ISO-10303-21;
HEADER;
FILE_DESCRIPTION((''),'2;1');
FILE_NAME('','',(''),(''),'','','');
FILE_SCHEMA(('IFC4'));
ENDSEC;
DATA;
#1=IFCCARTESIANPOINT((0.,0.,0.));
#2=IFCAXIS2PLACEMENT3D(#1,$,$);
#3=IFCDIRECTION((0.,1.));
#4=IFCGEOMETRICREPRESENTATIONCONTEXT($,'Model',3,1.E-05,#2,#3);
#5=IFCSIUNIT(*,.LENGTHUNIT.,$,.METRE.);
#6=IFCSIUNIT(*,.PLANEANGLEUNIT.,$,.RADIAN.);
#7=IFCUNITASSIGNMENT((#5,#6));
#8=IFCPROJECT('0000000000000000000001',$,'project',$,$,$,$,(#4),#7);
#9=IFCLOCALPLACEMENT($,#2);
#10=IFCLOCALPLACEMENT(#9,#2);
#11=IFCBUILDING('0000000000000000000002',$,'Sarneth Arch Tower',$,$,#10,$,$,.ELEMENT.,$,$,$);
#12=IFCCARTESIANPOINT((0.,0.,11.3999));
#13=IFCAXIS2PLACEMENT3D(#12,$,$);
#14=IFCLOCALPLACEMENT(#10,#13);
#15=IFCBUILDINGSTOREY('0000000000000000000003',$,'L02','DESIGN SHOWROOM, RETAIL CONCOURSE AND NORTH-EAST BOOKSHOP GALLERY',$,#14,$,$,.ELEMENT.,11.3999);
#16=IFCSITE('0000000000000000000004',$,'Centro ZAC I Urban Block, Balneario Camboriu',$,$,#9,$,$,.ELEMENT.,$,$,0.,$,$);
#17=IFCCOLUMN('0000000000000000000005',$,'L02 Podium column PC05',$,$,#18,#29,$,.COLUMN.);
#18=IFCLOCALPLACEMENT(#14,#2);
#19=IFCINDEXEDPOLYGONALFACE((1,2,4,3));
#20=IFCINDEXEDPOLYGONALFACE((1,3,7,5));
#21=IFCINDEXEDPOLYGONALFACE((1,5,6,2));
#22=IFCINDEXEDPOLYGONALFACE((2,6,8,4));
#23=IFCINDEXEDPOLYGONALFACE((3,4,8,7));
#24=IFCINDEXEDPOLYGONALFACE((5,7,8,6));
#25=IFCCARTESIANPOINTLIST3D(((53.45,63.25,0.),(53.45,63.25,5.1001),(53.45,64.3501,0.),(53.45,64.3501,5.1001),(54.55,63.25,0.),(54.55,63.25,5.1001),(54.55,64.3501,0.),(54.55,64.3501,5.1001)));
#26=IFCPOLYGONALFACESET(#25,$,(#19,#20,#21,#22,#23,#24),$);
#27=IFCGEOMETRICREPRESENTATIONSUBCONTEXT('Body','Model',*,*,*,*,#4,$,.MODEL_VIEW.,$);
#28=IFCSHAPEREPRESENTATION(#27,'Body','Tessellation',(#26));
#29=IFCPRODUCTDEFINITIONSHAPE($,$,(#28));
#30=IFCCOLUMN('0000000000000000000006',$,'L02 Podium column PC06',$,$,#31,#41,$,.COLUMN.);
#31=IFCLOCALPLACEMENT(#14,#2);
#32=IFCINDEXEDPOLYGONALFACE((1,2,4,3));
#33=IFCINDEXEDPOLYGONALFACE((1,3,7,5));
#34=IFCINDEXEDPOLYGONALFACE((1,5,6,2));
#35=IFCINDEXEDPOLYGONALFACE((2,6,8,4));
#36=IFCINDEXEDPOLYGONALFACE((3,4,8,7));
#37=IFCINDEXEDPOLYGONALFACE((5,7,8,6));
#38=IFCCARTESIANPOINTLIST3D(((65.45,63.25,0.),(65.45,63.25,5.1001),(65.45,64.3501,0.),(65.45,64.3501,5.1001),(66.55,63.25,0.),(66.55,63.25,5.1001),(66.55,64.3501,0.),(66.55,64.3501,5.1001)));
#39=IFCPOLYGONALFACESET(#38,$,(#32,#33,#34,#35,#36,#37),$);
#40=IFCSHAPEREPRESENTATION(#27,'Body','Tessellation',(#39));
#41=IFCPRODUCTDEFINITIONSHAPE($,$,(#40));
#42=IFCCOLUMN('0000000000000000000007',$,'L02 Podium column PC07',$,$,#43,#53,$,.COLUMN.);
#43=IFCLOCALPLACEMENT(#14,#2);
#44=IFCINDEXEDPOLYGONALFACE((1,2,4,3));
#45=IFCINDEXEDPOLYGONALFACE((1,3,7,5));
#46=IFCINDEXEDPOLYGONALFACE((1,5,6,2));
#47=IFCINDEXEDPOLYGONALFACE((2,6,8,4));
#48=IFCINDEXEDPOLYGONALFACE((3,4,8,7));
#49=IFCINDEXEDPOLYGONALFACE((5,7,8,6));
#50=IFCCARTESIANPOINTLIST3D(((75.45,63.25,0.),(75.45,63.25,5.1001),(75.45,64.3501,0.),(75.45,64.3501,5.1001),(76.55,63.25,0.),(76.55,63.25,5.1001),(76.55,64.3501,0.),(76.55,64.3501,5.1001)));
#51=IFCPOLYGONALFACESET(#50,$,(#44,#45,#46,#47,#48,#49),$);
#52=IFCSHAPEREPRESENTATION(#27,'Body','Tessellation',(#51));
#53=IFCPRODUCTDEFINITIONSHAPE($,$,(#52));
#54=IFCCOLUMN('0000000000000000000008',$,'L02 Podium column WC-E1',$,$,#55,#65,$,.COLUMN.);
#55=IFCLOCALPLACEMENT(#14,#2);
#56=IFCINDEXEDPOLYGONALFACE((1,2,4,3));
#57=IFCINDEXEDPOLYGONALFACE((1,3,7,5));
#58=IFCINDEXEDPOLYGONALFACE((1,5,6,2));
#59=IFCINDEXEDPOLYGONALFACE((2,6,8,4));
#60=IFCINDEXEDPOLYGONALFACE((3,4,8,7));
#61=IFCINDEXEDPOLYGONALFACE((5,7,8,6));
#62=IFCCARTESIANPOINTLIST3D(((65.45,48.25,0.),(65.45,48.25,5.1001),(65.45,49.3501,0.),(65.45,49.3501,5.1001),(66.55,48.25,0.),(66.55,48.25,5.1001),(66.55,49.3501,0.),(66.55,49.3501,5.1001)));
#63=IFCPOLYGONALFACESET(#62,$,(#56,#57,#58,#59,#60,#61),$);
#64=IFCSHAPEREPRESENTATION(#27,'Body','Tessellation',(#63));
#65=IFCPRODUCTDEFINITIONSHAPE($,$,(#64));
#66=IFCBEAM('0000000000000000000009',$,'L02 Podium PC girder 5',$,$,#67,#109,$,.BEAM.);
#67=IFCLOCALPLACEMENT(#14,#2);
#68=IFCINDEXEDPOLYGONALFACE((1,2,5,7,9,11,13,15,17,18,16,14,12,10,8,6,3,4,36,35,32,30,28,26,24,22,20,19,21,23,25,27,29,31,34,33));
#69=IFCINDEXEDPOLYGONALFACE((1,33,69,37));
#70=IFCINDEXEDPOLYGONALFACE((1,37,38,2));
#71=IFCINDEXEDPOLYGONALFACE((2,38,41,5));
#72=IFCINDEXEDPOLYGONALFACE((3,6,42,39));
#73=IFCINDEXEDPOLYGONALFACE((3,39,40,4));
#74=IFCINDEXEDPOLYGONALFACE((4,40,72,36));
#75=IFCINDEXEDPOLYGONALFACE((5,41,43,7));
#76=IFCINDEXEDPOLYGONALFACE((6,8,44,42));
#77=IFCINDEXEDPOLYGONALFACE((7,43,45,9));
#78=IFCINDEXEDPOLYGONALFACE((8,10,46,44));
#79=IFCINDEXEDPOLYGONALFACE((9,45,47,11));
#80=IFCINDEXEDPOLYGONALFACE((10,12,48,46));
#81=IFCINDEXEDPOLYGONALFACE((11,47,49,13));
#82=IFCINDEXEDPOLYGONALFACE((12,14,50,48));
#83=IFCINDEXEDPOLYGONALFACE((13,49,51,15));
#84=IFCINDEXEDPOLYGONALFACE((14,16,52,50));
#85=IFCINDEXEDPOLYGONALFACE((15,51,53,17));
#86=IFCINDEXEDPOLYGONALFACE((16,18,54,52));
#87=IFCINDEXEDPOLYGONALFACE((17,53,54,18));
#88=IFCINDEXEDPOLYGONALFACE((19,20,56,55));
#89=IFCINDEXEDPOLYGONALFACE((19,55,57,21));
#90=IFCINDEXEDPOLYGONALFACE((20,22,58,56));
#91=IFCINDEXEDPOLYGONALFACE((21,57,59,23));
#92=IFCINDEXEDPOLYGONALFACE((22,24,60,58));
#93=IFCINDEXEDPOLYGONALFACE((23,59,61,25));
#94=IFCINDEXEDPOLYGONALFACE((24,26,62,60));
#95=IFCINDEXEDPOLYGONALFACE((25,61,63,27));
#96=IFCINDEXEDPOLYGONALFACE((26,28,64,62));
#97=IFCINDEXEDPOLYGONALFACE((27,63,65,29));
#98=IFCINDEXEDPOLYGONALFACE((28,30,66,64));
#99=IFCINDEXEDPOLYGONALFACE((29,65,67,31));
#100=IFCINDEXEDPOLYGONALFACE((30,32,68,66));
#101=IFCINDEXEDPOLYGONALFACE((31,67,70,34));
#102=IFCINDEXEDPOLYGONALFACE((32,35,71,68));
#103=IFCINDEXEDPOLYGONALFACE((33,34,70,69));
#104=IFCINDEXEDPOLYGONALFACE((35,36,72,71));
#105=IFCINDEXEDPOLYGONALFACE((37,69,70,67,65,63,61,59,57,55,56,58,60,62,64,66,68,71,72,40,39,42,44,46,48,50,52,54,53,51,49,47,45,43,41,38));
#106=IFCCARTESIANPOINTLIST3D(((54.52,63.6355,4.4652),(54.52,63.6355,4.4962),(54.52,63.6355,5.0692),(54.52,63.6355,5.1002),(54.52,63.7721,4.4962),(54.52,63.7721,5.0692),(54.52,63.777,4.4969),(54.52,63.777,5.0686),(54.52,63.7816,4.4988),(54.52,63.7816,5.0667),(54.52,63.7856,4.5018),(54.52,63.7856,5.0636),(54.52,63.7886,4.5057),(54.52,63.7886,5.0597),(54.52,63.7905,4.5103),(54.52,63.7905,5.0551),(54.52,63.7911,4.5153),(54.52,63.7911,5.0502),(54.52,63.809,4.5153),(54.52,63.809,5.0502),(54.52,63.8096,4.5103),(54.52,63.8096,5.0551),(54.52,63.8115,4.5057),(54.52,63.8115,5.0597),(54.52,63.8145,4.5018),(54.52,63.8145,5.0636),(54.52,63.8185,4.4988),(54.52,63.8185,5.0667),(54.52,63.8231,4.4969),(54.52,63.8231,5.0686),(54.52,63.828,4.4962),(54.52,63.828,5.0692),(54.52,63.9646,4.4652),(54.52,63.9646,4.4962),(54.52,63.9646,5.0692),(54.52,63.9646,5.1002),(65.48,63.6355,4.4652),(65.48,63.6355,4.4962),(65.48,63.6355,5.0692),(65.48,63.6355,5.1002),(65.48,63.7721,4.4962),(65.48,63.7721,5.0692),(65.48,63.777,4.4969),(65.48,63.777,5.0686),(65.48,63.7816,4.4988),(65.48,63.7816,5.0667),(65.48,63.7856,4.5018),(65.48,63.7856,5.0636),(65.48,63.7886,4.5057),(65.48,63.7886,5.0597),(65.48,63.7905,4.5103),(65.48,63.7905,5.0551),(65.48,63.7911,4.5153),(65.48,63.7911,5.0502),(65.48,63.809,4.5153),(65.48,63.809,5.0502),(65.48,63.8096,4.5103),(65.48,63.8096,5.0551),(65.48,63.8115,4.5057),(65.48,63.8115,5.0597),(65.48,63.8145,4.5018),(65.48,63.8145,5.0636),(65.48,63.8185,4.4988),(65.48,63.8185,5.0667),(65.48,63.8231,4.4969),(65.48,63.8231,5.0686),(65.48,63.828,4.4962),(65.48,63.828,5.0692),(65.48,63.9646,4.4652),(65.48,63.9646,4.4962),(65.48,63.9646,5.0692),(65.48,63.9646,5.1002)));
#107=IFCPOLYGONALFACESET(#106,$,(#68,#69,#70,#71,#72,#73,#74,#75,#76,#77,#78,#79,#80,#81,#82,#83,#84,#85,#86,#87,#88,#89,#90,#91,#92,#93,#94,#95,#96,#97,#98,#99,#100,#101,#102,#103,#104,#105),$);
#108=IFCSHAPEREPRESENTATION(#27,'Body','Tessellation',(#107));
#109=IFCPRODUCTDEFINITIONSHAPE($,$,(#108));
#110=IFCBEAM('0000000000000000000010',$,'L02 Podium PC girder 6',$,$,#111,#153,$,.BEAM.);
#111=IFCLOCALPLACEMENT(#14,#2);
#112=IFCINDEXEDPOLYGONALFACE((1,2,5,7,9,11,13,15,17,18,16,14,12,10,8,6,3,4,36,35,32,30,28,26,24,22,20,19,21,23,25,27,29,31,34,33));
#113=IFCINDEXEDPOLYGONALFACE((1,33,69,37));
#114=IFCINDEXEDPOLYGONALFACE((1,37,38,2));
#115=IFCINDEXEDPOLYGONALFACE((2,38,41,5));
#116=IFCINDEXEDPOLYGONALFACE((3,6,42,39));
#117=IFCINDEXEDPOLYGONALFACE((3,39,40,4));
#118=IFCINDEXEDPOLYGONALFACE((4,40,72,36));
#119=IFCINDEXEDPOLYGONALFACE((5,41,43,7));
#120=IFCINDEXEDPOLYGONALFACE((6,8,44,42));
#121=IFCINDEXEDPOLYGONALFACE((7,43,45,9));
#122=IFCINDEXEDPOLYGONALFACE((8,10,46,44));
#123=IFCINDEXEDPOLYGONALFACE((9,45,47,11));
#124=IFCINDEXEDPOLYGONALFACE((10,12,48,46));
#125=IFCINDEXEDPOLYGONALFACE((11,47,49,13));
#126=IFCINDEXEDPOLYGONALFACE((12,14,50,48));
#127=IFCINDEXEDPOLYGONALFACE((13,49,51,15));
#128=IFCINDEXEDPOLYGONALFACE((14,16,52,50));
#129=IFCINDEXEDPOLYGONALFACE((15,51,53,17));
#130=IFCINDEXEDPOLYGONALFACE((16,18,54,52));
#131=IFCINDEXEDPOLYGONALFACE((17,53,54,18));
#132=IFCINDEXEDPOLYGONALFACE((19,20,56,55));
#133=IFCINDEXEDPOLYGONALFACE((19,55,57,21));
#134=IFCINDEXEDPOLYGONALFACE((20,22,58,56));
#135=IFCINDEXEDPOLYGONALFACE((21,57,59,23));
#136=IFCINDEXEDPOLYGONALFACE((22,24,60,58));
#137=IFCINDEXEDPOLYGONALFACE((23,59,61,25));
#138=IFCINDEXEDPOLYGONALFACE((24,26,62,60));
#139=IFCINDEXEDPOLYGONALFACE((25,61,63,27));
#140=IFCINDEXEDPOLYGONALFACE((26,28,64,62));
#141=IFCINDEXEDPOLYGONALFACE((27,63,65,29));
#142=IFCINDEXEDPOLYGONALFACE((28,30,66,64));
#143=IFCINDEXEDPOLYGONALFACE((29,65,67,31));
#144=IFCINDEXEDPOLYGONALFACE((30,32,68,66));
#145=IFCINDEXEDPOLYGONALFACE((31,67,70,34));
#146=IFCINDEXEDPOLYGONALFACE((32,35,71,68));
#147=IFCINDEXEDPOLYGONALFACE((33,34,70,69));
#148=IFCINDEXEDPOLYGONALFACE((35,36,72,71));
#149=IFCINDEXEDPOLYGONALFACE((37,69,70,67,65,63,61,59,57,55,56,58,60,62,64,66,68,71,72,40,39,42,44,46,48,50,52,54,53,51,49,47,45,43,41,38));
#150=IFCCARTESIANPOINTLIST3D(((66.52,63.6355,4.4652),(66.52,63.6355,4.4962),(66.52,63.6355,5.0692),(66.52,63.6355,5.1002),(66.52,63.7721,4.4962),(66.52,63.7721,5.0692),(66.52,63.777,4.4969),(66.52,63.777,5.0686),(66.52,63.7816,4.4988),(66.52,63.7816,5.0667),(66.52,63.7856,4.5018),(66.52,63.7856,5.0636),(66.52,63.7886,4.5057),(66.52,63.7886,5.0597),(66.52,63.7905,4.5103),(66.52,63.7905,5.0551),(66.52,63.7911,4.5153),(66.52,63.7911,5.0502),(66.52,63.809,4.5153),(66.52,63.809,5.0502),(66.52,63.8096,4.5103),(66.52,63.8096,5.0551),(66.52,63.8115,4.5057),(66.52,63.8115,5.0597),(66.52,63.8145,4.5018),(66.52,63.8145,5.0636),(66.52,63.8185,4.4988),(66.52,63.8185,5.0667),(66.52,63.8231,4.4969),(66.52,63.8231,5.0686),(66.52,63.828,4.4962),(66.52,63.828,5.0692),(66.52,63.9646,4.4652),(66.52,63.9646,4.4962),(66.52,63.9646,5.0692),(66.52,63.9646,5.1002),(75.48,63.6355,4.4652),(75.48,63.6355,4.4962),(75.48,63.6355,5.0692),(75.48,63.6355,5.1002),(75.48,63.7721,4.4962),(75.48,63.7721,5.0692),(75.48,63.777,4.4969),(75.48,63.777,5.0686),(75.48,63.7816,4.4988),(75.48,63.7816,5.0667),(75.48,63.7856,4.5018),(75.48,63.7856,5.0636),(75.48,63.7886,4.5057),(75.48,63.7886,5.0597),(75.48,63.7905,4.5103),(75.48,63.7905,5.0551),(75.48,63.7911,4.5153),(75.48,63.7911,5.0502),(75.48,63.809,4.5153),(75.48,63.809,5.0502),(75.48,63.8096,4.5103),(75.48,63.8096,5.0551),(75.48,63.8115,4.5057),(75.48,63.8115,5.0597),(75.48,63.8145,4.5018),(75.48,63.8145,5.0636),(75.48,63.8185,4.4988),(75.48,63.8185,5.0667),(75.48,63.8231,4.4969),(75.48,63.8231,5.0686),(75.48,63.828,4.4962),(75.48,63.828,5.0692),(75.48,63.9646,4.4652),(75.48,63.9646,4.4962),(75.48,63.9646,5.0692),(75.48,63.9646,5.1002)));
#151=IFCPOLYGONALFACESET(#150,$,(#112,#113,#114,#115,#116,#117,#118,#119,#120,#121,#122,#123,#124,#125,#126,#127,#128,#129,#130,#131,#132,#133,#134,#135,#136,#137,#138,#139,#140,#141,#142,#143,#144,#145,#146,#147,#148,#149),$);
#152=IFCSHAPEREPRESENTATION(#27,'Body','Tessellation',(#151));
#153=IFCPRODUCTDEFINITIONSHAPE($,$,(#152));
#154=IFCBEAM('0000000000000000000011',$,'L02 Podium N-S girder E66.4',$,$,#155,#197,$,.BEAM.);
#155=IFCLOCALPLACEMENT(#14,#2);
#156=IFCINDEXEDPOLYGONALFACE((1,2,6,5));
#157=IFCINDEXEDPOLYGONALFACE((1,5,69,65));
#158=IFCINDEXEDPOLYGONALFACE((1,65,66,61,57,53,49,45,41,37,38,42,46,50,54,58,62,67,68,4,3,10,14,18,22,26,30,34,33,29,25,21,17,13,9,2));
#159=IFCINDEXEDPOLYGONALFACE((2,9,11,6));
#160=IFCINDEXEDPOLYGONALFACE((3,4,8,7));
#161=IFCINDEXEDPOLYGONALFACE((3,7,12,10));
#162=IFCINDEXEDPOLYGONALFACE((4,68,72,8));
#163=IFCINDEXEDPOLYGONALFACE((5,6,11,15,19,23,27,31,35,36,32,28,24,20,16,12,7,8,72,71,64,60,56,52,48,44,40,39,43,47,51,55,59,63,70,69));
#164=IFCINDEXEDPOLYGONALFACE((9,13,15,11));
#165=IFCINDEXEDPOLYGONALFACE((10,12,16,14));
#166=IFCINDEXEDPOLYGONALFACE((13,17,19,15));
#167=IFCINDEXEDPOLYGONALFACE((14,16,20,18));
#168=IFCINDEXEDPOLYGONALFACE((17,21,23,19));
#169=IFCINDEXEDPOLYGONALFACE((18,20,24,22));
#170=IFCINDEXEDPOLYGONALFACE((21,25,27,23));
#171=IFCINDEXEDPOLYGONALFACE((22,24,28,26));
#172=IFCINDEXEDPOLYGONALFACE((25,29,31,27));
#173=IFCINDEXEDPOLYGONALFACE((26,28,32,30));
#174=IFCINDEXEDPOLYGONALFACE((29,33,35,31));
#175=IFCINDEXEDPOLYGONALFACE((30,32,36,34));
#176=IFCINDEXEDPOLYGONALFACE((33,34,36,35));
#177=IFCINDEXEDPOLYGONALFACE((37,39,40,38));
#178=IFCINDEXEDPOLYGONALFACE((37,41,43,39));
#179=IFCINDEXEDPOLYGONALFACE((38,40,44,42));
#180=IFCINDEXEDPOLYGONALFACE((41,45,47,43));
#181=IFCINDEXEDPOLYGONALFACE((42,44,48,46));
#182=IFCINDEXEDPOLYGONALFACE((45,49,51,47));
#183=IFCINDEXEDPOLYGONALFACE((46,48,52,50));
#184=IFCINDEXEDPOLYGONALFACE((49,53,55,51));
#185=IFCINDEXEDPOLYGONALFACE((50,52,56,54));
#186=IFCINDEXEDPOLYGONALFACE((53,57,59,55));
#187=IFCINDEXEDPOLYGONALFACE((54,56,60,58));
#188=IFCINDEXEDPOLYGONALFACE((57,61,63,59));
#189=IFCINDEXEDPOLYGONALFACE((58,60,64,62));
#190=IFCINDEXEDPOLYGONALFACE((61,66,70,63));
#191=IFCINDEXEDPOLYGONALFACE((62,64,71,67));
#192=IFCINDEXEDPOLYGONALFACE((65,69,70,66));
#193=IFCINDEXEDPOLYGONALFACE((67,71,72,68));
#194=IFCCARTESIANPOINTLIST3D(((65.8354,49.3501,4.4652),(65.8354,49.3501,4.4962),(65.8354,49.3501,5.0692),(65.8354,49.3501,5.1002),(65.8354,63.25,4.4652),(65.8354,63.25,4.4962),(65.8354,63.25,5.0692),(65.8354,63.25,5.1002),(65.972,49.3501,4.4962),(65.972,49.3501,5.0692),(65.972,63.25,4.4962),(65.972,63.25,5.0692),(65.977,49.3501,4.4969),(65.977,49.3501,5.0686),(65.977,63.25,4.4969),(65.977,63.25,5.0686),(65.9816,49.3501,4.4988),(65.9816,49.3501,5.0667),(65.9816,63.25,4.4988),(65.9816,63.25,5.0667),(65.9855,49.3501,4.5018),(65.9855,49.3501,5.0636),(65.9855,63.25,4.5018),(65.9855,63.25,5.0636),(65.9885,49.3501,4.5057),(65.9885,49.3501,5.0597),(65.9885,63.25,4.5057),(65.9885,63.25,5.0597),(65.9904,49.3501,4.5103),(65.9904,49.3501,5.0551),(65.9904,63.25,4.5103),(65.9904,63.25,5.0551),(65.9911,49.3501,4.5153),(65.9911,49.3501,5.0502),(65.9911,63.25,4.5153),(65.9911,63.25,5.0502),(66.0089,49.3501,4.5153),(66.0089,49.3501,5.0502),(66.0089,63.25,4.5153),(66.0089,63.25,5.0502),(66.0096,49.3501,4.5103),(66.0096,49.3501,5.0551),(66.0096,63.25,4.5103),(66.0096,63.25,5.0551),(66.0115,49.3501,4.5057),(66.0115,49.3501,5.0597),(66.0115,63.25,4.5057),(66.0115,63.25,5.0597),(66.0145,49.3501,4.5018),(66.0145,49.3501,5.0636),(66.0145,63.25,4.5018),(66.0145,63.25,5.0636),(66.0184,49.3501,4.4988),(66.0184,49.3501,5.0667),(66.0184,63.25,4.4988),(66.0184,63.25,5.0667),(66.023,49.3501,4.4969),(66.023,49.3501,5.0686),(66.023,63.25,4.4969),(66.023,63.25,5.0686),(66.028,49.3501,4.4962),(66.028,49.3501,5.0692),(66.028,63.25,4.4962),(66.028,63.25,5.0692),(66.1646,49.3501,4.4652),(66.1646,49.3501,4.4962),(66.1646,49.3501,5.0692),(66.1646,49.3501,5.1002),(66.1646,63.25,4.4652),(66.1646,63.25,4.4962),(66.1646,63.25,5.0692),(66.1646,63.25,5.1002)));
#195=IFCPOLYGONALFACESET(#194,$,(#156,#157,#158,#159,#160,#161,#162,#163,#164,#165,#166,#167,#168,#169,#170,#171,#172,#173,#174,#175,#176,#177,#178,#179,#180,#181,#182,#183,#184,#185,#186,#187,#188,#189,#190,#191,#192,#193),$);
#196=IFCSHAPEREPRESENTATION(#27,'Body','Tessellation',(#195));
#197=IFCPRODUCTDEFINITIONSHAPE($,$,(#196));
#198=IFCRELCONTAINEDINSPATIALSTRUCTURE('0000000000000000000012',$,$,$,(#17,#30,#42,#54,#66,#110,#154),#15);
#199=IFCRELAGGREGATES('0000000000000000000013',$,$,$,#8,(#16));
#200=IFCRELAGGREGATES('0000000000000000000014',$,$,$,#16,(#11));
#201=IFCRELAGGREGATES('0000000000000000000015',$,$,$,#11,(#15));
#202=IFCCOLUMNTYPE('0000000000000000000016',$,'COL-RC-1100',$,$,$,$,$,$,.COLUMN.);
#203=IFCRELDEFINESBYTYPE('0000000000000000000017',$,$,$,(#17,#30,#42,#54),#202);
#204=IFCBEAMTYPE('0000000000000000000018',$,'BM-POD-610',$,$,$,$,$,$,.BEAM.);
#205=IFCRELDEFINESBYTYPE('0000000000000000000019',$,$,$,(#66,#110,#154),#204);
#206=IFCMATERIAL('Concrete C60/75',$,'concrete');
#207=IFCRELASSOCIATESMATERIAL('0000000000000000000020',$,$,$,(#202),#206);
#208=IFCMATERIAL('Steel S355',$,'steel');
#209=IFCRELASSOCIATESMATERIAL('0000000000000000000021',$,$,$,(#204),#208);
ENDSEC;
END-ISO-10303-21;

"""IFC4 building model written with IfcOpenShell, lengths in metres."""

from ifc_helpers import new_model, si_unit, direction, frame, origin, origin_2d, place, context, subcontext, project, spatial, rectangle, i_section, extrude, material, material_profile, profile_set, type_object, element, save


model = new_model("IFC4")

# Units and contexts
model_context = context("Model", 3, precision=1e-05, world=origin(), true_north=direction((0.0, 1.0)))
body_context = subcontext(model_context, "Body", "Model", "MODEL_VIEW")
ifc_project = project(units=[si_unit("LENGTHUNIT", "METRE"), si_unit("PLANEANGLEUNIT", "RADIAN")], contexts=[model_context])

# Site, building, storey
site_placement = place(None, origin())
site = spatial("IfcSite", under=ifc_project, at=site_placement, Name="Centro ZAC I Urban Block, Balneario Camboriu", CompositionType="ELEMENT", RefElevation=0.0)
building_placement = place(site_placement, origin())
building = spatial("IfcBuilding", under=site, at=building_placement, Name="Sarneth Arch Tower", CompositionType="ELEMENT")
storey_placement = place(building_placement, frame((0.0, 0.0, 11.3999)))
storey = spatial("IfcBuildingStorey", under=building, at=storey_placement, Name="L02", Description="DESIGN SHOWROOM, RETAIL CONCOURSE AND NORTH-EAST BOOKSHOP GALLERY", CompositionType="ELEMENT", Elevation=11.3999)

# Columns
ifc_material_1 = material(Name="Concrete C60/75", Category="concrete")
ifc_material_profile_1 = material_profile(ifc_material_1, rectangle(XDim=1.1001, YDim=1.1001, at=origin_2d()), Name="RC-1100x1100")
ifc_profile_set_1 = profile_set([ifc_material_profile_1], Name="Concrete C60/75")
column_type = type_object("IfcColumnType", Name="COL-RC-1100", PredefinedType="COLUMN", material=ifc_profile_set_1)
for number, where, z_axis, x_axis, name in (
    (1, (54.0, 63.8, 0.0), (0.0, 0.0, 1.0), (1.0, 0.0, 0.0), "L02 Podium column PC05"),
    (2, (66.0, 63.8, 0.0), (0.0, 0.0, 1.0), (1.0, 0.0, 0.0), "L02 Podium column PC06"),
    (3, (76.0, 63.8, 0.0), (0.0, 0.0, 1.0), (1.0, 0.0, 0.0), "L02 Podium column PC07"),
    (4, (66.0, 48.8, 0.0), (0.0, 0.0, 1.0), (1.0, 0.0, 0.0), "L02 Podium column WC-E1"),
):
    element("IfcColumn", number, at=place(storey_placement, frame(where, z_axis=z_axis, x_axis=x_axis)), inside=storey, type_object=column_type, Name=name, PredefinedType="COLUMN", context=body_context, shape_type="SweptSolid", body=[
        extrude(rectangle(XDim=1.1001, YDim=1.1001, at=origin_2d()), origin(), (0.0, 0.0, 1.0), 5.1001),
    ])

# Beams
ifc_material_2 = material(Name="Steel S355", Category="steel")
ifc_material_profile_2 = material_profile(ifc_material_2, i_section(OverallWidth=0.3291, OverallDepth=0.635, WebThickness=0.0178, FlangeThickness=0.031, FilletRadius=0.019, at=origin_2d()), Name="W610x241")
ifc_profile_set_2 = profile_set([ifc_material_profile_2], Name="Steel S355")
beam_type = type_object("IfcBeamType", Name="BM-POD-610", PredefinedType="BEAM", material=ifc_profile_set_2)
beam_1_placement = place(storey_placement, frame((54.52, 63.8, 4.7827), z_axis=(1.0, 0.0, 0.0), x_axis=(0.0, 1.0, 0.0)))
element("IfcBeam", 5, at=beam_1_placement, inside=storey, type_object=beam_type, Name="L02 Podium PC girder 5", PredefinedType="BEAM", context=body_context, shape_type="SweptSolid", body=[
    extrude(i_section(OverallWidth=0.3291, OverallDepth=0.635, WebThickness=0.0178, FlangeThickness=0.031, FilletRadius=0.019, at=origin_2d()), origin(), (0.0, 0.0, 1.0), 10.96),
])
beam_2_placement = place(storey_placement, frame((66.52, 63.8, 4.7827), z_axis=(1.0, 0.0, 0.0), x_axis=(0.0, 1.0, 0.0)))
element("IfcBeam", 6, at=beam_2_placement, inside=storey, type_object=beam_type, Name="L02 Podium PC girder 6", PredefinedType="BEAM", context=body_context, shape_type="SweptSolid", body=[
    extrude(i_section(OverallWidth=0.3291, OverallDepth=0.635, WebThickness=0.0178, FlangeThickness=0.031, FilletRadius=0.019, at=origin_2d()), origin(), (0.0, 0.0, 1.0), 8.96),
])
beam_3_placement = place(storey_placement, frame((66.0, 49.3501, 4.7827), z_axis=(0.0, 1.0, 0.0), x_axis=(-1.0, 0.0, 0.0)))
element("IfcBeam", 7, at=beam_3_placement, inside=storey, type_object=beam_type, Name="L02 Podium N-S girder E66.4", PredefinedType="BEAM", context=body_context, shape_type="SweptSolid", body=[
    extrude(i_section(OverallWidth=0.3291, OverallDepth=0.635, WebThickness=0.0178, FlangeThickness=0.031, FilletRadius=0.019, at=origin_2d()), origin(), (0.0, 0.0, 1.0), 13.8999),
])

save(model, "model.ifc")
